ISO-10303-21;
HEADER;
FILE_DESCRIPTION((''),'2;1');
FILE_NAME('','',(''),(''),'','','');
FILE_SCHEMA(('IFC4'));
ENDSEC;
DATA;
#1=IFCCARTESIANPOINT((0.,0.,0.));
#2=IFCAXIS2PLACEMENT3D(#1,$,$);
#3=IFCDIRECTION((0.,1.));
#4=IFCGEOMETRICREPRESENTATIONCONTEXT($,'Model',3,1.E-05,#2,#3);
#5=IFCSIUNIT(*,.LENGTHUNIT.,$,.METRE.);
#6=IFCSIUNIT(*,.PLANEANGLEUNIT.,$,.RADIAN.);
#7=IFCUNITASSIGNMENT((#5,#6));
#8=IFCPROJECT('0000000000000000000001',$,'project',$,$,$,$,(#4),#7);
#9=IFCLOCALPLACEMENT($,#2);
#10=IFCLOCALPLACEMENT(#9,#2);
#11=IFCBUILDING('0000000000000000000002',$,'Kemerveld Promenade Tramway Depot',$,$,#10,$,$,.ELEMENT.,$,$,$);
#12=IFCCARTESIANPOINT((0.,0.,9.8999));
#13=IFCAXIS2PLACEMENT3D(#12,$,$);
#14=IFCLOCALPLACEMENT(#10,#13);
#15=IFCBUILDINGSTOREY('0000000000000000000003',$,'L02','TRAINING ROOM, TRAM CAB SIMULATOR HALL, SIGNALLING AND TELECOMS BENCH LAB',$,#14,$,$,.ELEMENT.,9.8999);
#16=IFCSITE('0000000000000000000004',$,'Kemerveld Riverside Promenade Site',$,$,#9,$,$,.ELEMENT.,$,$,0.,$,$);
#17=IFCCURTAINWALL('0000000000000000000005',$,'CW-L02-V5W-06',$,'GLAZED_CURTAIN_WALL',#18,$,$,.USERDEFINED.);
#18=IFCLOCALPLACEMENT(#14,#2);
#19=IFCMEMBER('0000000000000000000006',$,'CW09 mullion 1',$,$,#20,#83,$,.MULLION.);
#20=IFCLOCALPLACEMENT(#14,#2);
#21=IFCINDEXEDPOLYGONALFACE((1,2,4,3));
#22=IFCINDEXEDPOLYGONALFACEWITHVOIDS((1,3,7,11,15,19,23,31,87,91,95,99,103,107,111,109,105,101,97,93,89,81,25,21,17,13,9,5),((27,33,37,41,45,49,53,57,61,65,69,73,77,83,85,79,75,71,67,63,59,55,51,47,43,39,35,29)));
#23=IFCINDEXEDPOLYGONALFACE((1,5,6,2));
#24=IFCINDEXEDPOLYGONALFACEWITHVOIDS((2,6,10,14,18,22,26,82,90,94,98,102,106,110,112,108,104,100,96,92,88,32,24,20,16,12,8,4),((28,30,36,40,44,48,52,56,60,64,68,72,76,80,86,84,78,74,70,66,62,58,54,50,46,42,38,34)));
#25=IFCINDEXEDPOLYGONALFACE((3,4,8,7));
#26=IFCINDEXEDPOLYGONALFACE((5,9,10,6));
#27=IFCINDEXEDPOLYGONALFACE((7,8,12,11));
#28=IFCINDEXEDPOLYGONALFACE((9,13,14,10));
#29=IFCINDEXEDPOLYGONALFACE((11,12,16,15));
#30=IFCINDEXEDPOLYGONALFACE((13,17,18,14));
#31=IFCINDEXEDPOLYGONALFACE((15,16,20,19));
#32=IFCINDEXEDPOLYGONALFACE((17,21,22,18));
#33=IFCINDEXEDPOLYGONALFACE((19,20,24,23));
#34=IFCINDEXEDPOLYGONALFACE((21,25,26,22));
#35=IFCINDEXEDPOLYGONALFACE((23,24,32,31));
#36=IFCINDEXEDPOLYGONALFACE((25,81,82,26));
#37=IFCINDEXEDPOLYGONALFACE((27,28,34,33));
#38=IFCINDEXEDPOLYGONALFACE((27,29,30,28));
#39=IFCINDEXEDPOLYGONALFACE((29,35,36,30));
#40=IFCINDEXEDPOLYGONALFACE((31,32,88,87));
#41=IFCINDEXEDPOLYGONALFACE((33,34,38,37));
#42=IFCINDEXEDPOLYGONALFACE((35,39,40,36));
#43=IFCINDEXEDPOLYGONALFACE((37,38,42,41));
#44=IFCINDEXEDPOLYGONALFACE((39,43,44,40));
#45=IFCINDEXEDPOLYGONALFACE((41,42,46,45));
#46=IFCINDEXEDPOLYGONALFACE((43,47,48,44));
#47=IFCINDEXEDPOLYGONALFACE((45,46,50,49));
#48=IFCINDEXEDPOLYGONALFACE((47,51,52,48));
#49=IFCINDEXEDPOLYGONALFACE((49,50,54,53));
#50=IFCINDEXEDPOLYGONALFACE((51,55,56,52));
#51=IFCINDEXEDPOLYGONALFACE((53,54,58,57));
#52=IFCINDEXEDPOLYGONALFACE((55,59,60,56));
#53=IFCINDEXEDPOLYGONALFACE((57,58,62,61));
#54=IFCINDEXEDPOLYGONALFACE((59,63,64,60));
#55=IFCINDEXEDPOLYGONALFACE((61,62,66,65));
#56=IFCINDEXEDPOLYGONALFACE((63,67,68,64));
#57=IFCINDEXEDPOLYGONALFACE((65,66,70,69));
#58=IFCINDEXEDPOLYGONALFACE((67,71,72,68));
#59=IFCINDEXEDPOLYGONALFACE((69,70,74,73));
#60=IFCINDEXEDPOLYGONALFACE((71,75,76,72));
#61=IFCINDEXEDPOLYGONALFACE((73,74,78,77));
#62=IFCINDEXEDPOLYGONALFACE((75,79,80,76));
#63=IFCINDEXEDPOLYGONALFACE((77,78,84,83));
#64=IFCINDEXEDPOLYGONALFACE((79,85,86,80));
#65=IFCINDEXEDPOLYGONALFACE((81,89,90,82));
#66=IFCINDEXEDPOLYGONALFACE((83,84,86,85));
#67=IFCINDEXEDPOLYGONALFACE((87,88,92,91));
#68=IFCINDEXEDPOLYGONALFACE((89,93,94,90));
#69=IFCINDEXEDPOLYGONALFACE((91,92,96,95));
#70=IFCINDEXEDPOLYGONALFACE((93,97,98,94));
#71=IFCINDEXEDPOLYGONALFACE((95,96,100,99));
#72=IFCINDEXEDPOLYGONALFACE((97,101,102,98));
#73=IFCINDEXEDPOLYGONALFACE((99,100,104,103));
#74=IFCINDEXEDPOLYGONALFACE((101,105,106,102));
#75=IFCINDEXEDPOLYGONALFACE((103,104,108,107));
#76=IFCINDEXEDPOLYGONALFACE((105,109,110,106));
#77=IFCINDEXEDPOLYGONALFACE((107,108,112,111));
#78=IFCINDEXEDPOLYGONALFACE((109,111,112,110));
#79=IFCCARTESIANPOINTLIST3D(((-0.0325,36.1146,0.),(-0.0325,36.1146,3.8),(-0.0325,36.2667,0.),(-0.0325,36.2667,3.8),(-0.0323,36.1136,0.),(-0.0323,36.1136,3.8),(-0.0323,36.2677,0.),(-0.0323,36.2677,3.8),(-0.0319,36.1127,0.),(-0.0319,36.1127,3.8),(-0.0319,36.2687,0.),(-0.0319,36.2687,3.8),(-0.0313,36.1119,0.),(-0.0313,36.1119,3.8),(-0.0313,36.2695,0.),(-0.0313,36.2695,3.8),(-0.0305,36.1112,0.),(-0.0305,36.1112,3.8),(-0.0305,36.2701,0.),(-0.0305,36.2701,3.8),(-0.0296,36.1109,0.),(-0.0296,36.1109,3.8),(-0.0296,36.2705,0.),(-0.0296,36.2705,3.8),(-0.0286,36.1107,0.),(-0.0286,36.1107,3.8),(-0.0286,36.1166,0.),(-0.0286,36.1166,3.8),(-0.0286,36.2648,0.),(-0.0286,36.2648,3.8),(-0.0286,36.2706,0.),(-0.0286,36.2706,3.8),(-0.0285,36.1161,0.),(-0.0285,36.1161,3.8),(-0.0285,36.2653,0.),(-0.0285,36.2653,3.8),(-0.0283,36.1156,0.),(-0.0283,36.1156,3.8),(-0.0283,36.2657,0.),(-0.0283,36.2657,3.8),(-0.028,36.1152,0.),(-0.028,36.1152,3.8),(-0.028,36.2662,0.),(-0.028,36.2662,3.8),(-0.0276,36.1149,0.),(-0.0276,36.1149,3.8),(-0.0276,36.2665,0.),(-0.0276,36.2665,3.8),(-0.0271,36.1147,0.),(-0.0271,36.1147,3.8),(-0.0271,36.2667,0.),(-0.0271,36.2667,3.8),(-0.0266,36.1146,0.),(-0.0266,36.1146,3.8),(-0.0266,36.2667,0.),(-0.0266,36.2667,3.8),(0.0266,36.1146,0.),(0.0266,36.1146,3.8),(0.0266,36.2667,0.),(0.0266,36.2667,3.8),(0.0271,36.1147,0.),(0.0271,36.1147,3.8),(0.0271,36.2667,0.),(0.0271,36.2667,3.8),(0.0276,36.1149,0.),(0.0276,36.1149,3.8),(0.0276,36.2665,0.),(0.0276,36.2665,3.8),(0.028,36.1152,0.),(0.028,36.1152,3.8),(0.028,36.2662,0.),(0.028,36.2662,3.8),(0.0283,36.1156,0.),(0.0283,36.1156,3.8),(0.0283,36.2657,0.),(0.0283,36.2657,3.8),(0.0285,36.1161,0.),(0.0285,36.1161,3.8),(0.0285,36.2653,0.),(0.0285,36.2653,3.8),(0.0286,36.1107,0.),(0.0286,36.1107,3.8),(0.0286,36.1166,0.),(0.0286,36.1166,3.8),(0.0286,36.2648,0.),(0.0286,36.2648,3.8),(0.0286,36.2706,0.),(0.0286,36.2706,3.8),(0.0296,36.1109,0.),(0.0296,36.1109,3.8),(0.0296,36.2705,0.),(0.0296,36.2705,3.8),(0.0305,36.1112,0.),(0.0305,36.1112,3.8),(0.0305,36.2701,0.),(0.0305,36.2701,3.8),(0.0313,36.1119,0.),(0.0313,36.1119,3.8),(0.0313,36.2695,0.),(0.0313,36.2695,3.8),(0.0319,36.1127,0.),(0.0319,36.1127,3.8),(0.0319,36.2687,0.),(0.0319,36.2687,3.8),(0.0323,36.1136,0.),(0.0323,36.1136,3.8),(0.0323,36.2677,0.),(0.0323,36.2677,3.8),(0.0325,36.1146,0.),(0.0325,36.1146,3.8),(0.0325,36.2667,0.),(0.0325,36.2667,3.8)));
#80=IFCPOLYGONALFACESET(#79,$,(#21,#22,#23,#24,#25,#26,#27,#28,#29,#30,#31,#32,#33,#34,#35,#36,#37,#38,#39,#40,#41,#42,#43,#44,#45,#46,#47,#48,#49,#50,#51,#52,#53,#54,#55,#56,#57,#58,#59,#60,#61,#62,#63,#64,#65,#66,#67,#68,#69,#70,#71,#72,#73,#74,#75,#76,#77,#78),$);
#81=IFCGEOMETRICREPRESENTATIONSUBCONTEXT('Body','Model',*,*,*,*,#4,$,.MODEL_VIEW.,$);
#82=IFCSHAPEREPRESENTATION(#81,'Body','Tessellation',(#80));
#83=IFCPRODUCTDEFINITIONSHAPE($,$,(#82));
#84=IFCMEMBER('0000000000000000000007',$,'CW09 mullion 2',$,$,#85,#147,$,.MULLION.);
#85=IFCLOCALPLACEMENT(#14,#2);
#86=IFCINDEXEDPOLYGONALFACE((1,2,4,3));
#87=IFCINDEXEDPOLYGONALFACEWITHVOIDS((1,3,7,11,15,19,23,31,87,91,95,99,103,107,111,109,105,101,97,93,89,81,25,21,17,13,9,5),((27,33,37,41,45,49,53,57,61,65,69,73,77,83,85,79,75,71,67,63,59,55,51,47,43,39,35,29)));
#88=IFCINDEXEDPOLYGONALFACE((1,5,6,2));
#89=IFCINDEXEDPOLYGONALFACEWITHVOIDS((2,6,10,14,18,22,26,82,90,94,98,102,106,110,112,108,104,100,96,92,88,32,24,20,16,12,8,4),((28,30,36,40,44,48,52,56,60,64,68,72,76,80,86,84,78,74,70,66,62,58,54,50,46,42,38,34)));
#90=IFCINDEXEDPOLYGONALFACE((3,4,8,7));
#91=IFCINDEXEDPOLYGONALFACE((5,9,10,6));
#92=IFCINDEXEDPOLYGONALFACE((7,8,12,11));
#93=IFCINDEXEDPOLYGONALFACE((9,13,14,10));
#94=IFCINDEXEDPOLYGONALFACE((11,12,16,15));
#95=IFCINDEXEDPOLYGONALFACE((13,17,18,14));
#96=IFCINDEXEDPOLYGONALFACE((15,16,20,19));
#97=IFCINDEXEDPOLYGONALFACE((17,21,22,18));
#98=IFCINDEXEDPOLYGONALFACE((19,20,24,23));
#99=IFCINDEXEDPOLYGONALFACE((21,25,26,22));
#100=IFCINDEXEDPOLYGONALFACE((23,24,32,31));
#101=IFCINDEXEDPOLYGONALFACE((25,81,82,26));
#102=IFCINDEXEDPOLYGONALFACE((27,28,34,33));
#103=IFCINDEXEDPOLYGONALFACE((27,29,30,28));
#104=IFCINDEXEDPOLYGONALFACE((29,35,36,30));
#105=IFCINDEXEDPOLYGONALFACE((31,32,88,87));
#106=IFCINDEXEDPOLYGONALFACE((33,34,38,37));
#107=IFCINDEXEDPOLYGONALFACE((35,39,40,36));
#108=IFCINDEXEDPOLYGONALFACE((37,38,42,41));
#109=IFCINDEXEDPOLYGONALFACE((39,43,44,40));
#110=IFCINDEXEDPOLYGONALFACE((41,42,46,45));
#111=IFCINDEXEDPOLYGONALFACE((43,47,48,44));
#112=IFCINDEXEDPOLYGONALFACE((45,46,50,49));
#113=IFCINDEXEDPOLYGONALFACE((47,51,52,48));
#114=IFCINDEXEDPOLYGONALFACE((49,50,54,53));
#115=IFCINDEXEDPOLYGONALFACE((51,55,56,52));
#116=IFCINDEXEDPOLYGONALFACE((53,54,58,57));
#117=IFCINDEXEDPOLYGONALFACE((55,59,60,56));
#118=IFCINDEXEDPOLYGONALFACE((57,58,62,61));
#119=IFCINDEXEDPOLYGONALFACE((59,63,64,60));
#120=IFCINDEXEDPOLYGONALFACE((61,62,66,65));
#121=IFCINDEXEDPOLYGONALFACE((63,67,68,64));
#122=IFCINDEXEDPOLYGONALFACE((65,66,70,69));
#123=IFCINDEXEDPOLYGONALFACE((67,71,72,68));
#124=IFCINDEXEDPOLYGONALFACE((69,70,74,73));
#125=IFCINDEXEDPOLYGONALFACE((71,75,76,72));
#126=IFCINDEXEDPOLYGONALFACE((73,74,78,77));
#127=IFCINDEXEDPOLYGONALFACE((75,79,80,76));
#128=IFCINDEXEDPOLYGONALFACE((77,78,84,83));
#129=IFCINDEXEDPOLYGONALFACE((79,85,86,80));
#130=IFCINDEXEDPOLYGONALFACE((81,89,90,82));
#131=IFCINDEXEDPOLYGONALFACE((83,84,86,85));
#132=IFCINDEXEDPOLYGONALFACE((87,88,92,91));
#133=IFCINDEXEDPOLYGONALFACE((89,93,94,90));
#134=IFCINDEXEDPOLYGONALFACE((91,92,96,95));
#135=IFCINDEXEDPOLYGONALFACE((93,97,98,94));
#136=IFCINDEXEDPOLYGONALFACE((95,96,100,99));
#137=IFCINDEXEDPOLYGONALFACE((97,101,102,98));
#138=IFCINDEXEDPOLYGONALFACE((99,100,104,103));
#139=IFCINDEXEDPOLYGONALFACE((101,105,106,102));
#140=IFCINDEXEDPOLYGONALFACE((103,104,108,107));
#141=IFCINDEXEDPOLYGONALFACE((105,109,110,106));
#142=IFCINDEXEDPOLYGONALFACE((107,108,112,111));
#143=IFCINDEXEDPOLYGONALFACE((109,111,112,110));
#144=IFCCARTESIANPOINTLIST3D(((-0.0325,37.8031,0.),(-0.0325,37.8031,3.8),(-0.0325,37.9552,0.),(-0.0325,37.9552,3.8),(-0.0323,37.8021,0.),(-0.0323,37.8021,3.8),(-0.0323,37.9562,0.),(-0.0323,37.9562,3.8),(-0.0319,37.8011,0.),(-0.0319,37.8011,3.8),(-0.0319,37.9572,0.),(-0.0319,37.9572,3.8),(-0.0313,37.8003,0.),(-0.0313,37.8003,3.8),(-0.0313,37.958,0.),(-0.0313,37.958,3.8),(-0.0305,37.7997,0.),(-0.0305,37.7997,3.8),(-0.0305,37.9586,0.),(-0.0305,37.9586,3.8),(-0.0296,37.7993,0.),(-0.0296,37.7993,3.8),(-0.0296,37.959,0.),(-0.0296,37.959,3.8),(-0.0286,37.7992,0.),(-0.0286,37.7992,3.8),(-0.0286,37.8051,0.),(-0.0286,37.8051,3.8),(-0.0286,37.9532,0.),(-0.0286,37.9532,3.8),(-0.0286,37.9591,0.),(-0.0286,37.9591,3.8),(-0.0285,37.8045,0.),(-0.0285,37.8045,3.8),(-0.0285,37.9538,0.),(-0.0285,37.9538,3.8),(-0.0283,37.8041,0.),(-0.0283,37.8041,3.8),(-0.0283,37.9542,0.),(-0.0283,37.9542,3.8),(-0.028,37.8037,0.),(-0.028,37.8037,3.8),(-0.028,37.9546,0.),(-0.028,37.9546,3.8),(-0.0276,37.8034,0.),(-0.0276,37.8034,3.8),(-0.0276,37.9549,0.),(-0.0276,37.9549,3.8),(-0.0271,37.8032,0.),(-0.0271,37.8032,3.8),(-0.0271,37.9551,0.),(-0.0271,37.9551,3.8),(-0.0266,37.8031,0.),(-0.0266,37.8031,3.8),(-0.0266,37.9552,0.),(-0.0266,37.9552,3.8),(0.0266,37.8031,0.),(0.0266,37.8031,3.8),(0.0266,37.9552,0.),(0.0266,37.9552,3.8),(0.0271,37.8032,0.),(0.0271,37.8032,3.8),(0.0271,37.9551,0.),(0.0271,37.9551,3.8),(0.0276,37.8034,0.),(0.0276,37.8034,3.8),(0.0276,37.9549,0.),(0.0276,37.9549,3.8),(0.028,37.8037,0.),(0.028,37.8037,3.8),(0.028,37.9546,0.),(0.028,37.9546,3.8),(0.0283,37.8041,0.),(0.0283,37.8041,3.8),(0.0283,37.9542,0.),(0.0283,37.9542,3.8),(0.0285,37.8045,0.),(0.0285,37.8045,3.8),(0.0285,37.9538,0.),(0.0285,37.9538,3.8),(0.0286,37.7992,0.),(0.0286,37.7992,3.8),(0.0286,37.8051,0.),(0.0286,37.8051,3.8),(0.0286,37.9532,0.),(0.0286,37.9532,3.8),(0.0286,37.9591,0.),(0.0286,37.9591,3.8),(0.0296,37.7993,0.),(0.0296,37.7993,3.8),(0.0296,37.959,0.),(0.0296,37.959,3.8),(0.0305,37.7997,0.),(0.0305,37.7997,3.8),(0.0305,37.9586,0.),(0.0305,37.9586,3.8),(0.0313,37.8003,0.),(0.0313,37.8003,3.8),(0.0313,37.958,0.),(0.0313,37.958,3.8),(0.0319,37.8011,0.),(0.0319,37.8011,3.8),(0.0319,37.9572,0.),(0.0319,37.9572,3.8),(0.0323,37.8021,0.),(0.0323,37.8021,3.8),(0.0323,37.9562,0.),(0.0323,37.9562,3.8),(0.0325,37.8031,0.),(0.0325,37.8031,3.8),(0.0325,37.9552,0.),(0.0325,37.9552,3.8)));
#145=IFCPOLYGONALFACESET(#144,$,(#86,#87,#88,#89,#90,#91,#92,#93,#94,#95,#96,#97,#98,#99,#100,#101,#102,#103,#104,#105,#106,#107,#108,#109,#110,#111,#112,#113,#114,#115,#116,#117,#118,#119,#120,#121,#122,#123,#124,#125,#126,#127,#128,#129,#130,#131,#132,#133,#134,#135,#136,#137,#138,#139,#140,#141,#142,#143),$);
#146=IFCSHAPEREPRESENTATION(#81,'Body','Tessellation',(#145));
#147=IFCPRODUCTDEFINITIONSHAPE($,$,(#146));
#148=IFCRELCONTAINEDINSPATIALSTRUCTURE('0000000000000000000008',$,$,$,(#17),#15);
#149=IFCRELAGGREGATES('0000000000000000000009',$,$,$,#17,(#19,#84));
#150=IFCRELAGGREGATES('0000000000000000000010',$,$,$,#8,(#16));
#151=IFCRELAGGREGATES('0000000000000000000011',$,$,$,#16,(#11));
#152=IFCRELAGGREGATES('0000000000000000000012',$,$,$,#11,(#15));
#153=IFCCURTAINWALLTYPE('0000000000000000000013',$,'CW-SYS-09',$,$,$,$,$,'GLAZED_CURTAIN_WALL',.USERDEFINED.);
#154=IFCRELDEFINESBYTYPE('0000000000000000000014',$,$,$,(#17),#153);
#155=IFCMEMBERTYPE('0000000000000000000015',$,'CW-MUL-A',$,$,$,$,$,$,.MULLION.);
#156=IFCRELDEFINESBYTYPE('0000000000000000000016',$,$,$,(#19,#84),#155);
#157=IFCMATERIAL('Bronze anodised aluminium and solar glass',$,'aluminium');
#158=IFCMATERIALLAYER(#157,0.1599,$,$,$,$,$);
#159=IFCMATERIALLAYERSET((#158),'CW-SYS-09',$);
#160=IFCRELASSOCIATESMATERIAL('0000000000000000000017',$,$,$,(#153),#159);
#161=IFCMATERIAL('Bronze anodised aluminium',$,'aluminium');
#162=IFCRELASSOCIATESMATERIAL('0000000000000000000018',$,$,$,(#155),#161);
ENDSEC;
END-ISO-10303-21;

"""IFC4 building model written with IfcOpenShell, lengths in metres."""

from ifc_helpers import new_model, si_unit, direction, frame, origin, origin_2d, place, context, subcontext, project, spatial, hollow_rectangle, extrude, material, layer, layer_set, material_profile, profile_set, type_object, element, aggregate, save


model = new_model("IFC4")

# Units and contexts
model_context = context("Model", 3, precision=1e-05, world=origin(), true_north=direction((0.0, 1.0)))
body_context = subcontext(model_context, "Body", "Model", "MODEL_VIEW")
ifc_project = project(units=[si_unit("LENGTHUNIT", "METRE"), si_unit("PLANEANGLEUNIT", "RADIAN")], contexts=[model_context])

# Site, building, storey
site_placement = place(None, origin())
site = spatial("IfcSite", under=ifc_project, at=site_placement, Name="Kemerveld Riverside Promenade Site", CompositionType="ELEMENT", RefElevation=0.0)
building_placement = place(site_placement, origin())
building = spatial("IfcBuilding", under=site, at=building_placement, Name="Kemerveld Promenade Tramway Depot", CompositionType="ELEMENT")
storey_placement = place(building_placement, frame((0.0, 0.0, 9.8999)))
storey = spatial("IfcBuildingStorey", under=building, at=storey_placement, Name="L02", Description="TRAINING ROOM, TRAM CAB SIMULATOR HALL, SIGNALLING AND TELECOMS BENCH LAB", CompositionType="ELEMENT", Elevation=9.8999)

# Curtain wall, members
ifc_material_1 = material(Name="Bronze anodised aluminium and solar glass", Category="aluminium")
ifc_layer_1 = layer(ifc_material_1, 0.1599)
ifc_layer_set_1 = layer_set([ifc_layer_1], Name="CW-SYS-09")
curtain_wall_type = type_object("IfcCurtainWallType", Name="CW-SYS-09", ElementType="GLAZED_CURTAIN_WALL", PredefinedType="USERDEFINED", material=ifc_layer_set_1)
curtain_wall_placement = place(storey_placement, origin())
curtain_wall = element("IfcCurtainWall", 1, at=curtain_wall_placement, inside=storey, type_object=curtain_wall_type, Name="CW-L02-V5W-06", ObjectType="GLAZED_CURTAIN_WALL", PredefinedType="USERDEFINED")
ifc_material_2 = material(Name="Bronze anodised aluminium", Category="aluminium")
ifc_material_profile_1 = material_profile(ifc_material_2, hollow_rectangle(XDim=0.0649, YDim=0.1599, WallThickness=0.0039, InnerFilletRadius=0.002, OuterFilletRadius=0.0039, at=origin_2d()), Name="CW-MUL-160x65")
ifc_profile_set_1 = profile_set([ifc_material_profile_1], Name="Bronze anodised aluminium")
member_type_1 = type_object("IfcMemberType", Name="CW-MUL-A", PredefinedType="MULLION", material=ifc_profile_set_1)
member_1_placement = place(storey_placement, frame((0.0, 36.1907, 0.0), z_axis=(0.0, 0.0, 1.0), x_axis=(-1.0, 0.0, 0.0)))
member_1 = element("IfcMember", 2, at=member_1_placement, type_object=member_type_1, Name="CW09 mullion 1", PredefinedType="MULLION", context=body_context, shape_type="SweptSolid", body=[
    extrude(hollow_rectangle(XDim=0.0649, YDim=0.1599, WallThickness=0.0039, InnerFilletRadius=0.002, OuterFilletRadius=0.0039, at=origin_2d()), origin(), (0.0, 0.0, 1.0), 3.8),
])
member_2_placement = place(storey_placement, frame((0.0, 37.8792, 0.0), z_axis=(0.0, 0.0, 1.0), x_axis=(-1.0, 0.0, 0.0)))
member_2 = element("IfcMember", 3, at=member_2_placement, type_object=member_type_1, Name="CW09 mullion 2", PredefinedType="MULLION", context=body_context, shape_type="SweptSolid", body=[
    extrude(hollow_rectangle(XDim=0.0649, YDim=0.1599, WallThickness=0.0039, InnerFilletRadius=0.002, OuterFilletRadius=0.0039, at=origin_2d()), origin(), (0.0, 0.0, 1.0), 3.8),
])
aggregate(curtain_wall, [member_1, member_2])

save(model, "model.ifc")
